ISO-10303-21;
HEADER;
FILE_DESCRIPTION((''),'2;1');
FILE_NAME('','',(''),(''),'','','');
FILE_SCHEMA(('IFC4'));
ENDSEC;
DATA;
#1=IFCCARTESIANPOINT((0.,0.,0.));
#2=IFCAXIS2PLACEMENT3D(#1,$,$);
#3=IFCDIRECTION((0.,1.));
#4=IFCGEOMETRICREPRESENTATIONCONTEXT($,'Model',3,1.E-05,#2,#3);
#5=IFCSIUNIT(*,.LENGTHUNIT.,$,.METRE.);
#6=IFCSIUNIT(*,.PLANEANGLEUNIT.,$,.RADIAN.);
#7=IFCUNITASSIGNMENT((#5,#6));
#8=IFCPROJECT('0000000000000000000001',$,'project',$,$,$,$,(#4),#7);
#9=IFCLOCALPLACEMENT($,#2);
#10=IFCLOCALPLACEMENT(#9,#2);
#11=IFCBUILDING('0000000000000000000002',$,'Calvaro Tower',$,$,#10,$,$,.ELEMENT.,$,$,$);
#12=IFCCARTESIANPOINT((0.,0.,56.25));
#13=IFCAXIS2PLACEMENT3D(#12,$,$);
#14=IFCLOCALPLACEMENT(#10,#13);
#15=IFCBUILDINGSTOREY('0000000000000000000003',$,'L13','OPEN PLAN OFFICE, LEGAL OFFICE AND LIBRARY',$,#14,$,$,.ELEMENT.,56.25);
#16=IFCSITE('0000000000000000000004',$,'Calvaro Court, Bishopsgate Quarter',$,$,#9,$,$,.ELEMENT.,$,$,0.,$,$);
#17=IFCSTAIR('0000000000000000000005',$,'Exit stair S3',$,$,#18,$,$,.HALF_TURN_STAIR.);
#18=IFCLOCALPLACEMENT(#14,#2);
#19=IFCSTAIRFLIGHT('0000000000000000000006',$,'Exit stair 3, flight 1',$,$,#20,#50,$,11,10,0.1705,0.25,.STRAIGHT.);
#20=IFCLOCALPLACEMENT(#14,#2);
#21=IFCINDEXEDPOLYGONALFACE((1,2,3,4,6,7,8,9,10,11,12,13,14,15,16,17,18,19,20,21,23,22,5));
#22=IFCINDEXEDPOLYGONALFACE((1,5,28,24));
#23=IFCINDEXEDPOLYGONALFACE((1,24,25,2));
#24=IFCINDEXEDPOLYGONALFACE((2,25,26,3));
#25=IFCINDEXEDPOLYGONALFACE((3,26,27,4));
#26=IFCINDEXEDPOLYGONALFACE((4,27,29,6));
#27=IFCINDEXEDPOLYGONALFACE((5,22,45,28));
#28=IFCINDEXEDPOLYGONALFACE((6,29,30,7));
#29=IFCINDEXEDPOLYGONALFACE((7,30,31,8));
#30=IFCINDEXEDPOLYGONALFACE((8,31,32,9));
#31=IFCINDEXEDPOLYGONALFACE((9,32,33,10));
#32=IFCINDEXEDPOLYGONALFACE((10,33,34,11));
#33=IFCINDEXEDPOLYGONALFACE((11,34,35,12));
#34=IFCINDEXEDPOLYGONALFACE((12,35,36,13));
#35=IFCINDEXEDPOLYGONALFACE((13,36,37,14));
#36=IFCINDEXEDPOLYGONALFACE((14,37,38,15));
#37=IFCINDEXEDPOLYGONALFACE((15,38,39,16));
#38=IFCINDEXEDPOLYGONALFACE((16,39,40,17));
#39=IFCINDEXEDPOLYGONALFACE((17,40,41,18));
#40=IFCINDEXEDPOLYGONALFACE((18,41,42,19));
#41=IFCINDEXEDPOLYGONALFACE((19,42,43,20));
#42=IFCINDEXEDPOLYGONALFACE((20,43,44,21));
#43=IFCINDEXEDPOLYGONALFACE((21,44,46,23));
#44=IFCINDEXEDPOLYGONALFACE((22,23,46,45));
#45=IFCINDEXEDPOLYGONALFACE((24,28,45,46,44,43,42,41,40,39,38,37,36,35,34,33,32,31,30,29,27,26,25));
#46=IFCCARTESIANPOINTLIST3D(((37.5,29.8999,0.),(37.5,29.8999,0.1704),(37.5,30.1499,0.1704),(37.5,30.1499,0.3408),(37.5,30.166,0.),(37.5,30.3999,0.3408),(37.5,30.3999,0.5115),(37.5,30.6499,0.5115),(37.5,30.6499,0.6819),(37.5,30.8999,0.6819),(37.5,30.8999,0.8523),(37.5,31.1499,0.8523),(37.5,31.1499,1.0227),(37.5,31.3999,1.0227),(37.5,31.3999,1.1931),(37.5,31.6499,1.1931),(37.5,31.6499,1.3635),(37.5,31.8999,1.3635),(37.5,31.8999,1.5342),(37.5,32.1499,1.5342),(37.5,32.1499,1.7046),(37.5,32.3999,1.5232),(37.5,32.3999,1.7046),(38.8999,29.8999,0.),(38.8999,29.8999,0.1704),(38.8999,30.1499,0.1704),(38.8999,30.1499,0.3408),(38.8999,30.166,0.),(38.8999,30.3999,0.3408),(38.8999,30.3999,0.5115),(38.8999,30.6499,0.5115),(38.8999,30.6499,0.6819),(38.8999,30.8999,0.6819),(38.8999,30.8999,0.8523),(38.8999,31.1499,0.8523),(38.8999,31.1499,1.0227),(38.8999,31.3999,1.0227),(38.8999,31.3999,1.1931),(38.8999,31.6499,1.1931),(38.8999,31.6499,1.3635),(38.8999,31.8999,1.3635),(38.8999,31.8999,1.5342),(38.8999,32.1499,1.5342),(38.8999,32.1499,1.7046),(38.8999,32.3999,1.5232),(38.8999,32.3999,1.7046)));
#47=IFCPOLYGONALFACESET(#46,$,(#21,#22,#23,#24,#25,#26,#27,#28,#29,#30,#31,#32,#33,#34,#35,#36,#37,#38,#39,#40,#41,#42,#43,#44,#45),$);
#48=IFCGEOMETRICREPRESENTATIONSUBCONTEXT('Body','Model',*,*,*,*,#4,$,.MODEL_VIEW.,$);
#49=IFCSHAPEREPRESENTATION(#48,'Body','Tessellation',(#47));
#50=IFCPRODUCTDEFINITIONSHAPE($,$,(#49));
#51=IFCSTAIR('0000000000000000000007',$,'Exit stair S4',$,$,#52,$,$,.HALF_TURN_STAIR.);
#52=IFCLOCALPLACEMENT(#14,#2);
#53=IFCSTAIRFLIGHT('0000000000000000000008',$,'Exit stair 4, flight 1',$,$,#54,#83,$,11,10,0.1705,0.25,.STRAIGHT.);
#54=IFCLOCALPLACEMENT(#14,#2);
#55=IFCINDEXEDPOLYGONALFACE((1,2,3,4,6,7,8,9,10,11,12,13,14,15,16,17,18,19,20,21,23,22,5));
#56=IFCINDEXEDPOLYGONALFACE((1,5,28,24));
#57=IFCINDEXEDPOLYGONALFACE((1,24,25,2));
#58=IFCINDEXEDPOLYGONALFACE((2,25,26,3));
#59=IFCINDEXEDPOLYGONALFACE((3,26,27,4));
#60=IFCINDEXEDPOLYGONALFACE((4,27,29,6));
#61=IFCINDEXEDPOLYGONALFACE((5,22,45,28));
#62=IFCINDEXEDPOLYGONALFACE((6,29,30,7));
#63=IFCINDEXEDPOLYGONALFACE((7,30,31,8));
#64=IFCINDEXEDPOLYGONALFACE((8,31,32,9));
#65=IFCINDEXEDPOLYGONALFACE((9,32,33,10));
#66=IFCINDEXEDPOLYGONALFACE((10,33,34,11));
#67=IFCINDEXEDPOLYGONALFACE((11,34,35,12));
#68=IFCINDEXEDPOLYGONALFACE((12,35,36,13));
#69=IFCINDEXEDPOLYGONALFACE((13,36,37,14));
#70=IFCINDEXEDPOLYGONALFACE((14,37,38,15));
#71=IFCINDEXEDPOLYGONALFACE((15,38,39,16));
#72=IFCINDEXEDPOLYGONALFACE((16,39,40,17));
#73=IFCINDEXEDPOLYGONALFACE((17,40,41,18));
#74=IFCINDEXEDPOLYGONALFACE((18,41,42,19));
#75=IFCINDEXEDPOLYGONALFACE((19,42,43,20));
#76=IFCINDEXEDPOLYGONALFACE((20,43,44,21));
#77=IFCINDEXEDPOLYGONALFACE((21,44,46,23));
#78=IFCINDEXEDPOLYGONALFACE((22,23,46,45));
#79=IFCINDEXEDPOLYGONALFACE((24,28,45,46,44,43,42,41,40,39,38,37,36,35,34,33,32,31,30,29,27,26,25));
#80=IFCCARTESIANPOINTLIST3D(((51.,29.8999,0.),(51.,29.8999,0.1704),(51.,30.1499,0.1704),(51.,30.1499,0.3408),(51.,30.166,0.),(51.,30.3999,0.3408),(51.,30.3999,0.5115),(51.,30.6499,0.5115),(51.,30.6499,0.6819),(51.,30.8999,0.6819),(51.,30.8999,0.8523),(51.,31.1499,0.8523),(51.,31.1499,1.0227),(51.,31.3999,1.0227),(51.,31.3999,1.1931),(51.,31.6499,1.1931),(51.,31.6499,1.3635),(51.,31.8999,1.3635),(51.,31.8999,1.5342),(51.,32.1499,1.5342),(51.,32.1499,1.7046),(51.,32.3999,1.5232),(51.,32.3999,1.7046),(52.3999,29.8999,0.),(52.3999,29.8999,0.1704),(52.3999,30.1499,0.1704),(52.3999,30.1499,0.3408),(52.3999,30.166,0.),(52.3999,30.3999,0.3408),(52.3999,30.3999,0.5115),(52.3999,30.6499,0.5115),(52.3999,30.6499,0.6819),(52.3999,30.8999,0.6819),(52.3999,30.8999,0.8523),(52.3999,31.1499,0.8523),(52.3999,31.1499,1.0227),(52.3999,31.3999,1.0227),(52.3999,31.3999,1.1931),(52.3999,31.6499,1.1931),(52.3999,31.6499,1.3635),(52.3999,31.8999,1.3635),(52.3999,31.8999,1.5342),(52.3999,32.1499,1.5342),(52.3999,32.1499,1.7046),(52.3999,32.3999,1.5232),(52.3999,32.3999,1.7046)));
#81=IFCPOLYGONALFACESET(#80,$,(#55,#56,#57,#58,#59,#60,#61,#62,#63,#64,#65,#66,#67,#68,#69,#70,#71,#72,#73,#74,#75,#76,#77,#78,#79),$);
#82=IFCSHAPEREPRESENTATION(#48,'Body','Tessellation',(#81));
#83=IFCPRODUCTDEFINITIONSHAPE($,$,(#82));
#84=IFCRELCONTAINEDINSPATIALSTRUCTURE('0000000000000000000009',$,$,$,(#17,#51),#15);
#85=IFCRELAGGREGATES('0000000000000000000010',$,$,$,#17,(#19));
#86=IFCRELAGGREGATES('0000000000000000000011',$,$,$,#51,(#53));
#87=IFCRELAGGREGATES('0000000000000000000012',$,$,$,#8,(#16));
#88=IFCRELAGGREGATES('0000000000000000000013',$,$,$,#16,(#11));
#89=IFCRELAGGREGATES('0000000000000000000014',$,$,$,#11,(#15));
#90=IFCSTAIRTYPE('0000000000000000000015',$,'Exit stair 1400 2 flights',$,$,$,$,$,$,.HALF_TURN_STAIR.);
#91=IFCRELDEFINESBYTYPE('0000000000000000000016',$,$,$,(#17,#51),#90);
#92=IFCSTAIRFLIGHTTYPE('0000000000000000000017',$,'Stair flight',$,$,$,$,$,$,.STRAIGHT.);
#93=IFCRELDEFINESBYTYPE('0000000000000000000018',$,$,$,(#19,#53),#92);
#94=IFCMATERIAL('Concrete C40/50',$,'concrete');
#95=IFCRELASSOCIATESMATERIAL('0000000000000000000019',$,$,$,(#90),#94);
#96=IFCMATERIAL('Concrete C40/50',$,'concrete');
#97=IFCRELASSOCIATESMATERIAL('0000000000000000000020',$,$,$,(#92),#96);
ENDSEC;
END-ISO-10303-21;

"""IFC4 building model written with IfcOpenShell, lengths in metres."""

from ifc_helpers import new_model, si_unit, direction, frame, origin, place, context, subcontext, project, spatial, polyline, outline, extrude, material, type_object, element, aggregate, save


model = new_model("IFC4")

# Units and contexts
model_context = context("Model", 3, precision=1e-05, world=origin(), true_north=direction((0.0, 1.0)))
body_context = subcontext(model_context, "Body", "Model", "MODEL_VIEW")
ifc_project = project(units=[si_unit("LENGTHUNIT", "METRE"), si_unit("PLANEANGLEUNIT", "RADIAN")], contexts=[model_context])

# Site, building, storey
site_placement = place(None, origin())
site = spatial("IfcSite", under=ifc_project, at=site_placement, Name="Calvaro Court, Bishopsgate Quarter", CompositionType="ELEMENT", RefElevation=0.0)
building_placement = place(site_placement, origin())
building = spatial("IfcBuilding", under=site, at=building_placement, Name="Calvaro Tower", CompositionType="ELEMENT")
storey_placement = place(building_placement, frame((0.0, 0.0, 56.25)))
storey = spatial("IfcBuildingStorey", under=building, at=storey_placement, Name="L13", Description="OPEN PLAN OFFICE, LEGAL OFFICE AND LIBRARY", CompositionType="ELEMENT", Elevation=56.25)

# Stairs, stair flights
ifc_material_1 = material(Name="Concrete C40/50", Category="concrete")
stair_type = type_object("IfcStairType", Name="Exit stair 1400 2 flights", PredefinedType="HALF_TURN_STAIR", material=ifc_material_1)
stair_1_placement = place(storey_placement, origin())
stair_1 = element("IfcStair", 1, at=stair_1_placement, inside=storey, type_object=stair_type, Name="Exit stair S3", PredefinedType="HALF_TURN_STAIR")
ifc_material_2 = material(Name="Concrete C40/50", Category="concrete")
stair_flight_type = type_object("IfcStairFlightType", Name="Stair flight", PredefinedType="STRAIGHT", material=ifc_material_2)
stair_flight_1_placement = place(storey_placement, frame((38.2, 29.8999, 0.0), z_axis=(0.0, 0.0, 1.0), x_axis=(0.0, 1.0, 0.0)))
stair_flight_1 = element("IfcStairFlight", 2, at=stair_flight_1_placement, type_object=stair_flight_type, Name="Exit stair 3, flight 1", NumberOfRisers=11, NumberOfTreads=10, PredefinedType="STRAIGHT", RiserHeight=0.1705, TreadLength=0.25, context=body_context, shape_type="SweptSolid", body=[
    extrude(outline(polyline([(0.0, 0.0), (0.0, 0.1704), (0.25, 0.1704), (0.25, 0.3408), (0.5, 0.3408), (0.5, 0.5115), (0.75, 0.5115), (0.75, 0.6819), (1.0, 0.6819), (1.0, 0.8523), (1.25, 0.8523), (1.25, 1.0227), (1.5, 1.0227), (1.5, 1.1931), (1.75, 1.1931), (1.75, 1.3635), (2.0, 1.3635), (2.0, 1.5342), (2.25, 1.5342), (2.25, 1.7046), (2.5, 1.7046), (2.5, 1.875), (2.5, 1.5232), (0.2661, 0.0), (0.0, 0.0)])), frame((0.0, 0.7, 0.0), z_axis=(0.0, -1.0, 0.0), x_axis=(1.0, 0.0, 0.0)), (0.0, 0.0, 1.0), 1.3999),
])
stair_2_placement = place(storey_placement, origin())
stair_2 = element("IfcStair", 3, at=stair_2_placement, inside=storey, type_object=stair_type, Name="Exit stair S4", PredefinedType="HALF_TURN_STAIR")
stair_flight_2_placement = place(storey_placement, frame((51.7, 29.8999, 0.0), z_axis=(0.0, 0.0, 1.0), x_axis=(0.0, 1.0, 0.0)))
stair_flight_2 = element("IfcStairFlight", 4, at=stair_flight_2_placement, type_object=stair_flight_type, Name="Exit stair 4, flight 1", NumberOfRisers=11, NumberOfTreads=10, PredefinedType="STRAIGHT", RiserHeight=0.1705, TreadLength=0.25, context=body_context, shape_type="SweptSolid", body=[
    extrude(outline(polyline([(0.0, 0.0), (0.0, 0.1704), (0.25, 0.1704), (0.25, 0.3408), (0.5, 0.3408), (0.5, 0.5115), (0.75, 0.5115), (0.75, 0.6819), (1.0, 0.6819), (1.0, 0.8523), (1.25, 0.8523), (1.25, 1.0227), (1.5, 1.0227), (1.5, 1.1931), (1.75, 1.1931), (1.75, 1.3635), (2.0, 1.3635), (2.0, 1.5342), (2.25, 1.5342), (2.25, 1.7046), (2.5, 1.7046), (2.5, 1.875), (2.5, 1.5232), (0.2661, 0.0), (0.0, 0.0)])), frame((0.0, 0.7, 0.0), z_axis=(0.0, -1.0, 0.0), x_axis=(1.0, 0.0, 0.0)), (0.0, 0.0, 1.0), 1.3999),
])

aggregate(stair_1, [stair_flight_1])
aggregate(stair_2, [stair_flight_2])

save(model, "model.ifc")
